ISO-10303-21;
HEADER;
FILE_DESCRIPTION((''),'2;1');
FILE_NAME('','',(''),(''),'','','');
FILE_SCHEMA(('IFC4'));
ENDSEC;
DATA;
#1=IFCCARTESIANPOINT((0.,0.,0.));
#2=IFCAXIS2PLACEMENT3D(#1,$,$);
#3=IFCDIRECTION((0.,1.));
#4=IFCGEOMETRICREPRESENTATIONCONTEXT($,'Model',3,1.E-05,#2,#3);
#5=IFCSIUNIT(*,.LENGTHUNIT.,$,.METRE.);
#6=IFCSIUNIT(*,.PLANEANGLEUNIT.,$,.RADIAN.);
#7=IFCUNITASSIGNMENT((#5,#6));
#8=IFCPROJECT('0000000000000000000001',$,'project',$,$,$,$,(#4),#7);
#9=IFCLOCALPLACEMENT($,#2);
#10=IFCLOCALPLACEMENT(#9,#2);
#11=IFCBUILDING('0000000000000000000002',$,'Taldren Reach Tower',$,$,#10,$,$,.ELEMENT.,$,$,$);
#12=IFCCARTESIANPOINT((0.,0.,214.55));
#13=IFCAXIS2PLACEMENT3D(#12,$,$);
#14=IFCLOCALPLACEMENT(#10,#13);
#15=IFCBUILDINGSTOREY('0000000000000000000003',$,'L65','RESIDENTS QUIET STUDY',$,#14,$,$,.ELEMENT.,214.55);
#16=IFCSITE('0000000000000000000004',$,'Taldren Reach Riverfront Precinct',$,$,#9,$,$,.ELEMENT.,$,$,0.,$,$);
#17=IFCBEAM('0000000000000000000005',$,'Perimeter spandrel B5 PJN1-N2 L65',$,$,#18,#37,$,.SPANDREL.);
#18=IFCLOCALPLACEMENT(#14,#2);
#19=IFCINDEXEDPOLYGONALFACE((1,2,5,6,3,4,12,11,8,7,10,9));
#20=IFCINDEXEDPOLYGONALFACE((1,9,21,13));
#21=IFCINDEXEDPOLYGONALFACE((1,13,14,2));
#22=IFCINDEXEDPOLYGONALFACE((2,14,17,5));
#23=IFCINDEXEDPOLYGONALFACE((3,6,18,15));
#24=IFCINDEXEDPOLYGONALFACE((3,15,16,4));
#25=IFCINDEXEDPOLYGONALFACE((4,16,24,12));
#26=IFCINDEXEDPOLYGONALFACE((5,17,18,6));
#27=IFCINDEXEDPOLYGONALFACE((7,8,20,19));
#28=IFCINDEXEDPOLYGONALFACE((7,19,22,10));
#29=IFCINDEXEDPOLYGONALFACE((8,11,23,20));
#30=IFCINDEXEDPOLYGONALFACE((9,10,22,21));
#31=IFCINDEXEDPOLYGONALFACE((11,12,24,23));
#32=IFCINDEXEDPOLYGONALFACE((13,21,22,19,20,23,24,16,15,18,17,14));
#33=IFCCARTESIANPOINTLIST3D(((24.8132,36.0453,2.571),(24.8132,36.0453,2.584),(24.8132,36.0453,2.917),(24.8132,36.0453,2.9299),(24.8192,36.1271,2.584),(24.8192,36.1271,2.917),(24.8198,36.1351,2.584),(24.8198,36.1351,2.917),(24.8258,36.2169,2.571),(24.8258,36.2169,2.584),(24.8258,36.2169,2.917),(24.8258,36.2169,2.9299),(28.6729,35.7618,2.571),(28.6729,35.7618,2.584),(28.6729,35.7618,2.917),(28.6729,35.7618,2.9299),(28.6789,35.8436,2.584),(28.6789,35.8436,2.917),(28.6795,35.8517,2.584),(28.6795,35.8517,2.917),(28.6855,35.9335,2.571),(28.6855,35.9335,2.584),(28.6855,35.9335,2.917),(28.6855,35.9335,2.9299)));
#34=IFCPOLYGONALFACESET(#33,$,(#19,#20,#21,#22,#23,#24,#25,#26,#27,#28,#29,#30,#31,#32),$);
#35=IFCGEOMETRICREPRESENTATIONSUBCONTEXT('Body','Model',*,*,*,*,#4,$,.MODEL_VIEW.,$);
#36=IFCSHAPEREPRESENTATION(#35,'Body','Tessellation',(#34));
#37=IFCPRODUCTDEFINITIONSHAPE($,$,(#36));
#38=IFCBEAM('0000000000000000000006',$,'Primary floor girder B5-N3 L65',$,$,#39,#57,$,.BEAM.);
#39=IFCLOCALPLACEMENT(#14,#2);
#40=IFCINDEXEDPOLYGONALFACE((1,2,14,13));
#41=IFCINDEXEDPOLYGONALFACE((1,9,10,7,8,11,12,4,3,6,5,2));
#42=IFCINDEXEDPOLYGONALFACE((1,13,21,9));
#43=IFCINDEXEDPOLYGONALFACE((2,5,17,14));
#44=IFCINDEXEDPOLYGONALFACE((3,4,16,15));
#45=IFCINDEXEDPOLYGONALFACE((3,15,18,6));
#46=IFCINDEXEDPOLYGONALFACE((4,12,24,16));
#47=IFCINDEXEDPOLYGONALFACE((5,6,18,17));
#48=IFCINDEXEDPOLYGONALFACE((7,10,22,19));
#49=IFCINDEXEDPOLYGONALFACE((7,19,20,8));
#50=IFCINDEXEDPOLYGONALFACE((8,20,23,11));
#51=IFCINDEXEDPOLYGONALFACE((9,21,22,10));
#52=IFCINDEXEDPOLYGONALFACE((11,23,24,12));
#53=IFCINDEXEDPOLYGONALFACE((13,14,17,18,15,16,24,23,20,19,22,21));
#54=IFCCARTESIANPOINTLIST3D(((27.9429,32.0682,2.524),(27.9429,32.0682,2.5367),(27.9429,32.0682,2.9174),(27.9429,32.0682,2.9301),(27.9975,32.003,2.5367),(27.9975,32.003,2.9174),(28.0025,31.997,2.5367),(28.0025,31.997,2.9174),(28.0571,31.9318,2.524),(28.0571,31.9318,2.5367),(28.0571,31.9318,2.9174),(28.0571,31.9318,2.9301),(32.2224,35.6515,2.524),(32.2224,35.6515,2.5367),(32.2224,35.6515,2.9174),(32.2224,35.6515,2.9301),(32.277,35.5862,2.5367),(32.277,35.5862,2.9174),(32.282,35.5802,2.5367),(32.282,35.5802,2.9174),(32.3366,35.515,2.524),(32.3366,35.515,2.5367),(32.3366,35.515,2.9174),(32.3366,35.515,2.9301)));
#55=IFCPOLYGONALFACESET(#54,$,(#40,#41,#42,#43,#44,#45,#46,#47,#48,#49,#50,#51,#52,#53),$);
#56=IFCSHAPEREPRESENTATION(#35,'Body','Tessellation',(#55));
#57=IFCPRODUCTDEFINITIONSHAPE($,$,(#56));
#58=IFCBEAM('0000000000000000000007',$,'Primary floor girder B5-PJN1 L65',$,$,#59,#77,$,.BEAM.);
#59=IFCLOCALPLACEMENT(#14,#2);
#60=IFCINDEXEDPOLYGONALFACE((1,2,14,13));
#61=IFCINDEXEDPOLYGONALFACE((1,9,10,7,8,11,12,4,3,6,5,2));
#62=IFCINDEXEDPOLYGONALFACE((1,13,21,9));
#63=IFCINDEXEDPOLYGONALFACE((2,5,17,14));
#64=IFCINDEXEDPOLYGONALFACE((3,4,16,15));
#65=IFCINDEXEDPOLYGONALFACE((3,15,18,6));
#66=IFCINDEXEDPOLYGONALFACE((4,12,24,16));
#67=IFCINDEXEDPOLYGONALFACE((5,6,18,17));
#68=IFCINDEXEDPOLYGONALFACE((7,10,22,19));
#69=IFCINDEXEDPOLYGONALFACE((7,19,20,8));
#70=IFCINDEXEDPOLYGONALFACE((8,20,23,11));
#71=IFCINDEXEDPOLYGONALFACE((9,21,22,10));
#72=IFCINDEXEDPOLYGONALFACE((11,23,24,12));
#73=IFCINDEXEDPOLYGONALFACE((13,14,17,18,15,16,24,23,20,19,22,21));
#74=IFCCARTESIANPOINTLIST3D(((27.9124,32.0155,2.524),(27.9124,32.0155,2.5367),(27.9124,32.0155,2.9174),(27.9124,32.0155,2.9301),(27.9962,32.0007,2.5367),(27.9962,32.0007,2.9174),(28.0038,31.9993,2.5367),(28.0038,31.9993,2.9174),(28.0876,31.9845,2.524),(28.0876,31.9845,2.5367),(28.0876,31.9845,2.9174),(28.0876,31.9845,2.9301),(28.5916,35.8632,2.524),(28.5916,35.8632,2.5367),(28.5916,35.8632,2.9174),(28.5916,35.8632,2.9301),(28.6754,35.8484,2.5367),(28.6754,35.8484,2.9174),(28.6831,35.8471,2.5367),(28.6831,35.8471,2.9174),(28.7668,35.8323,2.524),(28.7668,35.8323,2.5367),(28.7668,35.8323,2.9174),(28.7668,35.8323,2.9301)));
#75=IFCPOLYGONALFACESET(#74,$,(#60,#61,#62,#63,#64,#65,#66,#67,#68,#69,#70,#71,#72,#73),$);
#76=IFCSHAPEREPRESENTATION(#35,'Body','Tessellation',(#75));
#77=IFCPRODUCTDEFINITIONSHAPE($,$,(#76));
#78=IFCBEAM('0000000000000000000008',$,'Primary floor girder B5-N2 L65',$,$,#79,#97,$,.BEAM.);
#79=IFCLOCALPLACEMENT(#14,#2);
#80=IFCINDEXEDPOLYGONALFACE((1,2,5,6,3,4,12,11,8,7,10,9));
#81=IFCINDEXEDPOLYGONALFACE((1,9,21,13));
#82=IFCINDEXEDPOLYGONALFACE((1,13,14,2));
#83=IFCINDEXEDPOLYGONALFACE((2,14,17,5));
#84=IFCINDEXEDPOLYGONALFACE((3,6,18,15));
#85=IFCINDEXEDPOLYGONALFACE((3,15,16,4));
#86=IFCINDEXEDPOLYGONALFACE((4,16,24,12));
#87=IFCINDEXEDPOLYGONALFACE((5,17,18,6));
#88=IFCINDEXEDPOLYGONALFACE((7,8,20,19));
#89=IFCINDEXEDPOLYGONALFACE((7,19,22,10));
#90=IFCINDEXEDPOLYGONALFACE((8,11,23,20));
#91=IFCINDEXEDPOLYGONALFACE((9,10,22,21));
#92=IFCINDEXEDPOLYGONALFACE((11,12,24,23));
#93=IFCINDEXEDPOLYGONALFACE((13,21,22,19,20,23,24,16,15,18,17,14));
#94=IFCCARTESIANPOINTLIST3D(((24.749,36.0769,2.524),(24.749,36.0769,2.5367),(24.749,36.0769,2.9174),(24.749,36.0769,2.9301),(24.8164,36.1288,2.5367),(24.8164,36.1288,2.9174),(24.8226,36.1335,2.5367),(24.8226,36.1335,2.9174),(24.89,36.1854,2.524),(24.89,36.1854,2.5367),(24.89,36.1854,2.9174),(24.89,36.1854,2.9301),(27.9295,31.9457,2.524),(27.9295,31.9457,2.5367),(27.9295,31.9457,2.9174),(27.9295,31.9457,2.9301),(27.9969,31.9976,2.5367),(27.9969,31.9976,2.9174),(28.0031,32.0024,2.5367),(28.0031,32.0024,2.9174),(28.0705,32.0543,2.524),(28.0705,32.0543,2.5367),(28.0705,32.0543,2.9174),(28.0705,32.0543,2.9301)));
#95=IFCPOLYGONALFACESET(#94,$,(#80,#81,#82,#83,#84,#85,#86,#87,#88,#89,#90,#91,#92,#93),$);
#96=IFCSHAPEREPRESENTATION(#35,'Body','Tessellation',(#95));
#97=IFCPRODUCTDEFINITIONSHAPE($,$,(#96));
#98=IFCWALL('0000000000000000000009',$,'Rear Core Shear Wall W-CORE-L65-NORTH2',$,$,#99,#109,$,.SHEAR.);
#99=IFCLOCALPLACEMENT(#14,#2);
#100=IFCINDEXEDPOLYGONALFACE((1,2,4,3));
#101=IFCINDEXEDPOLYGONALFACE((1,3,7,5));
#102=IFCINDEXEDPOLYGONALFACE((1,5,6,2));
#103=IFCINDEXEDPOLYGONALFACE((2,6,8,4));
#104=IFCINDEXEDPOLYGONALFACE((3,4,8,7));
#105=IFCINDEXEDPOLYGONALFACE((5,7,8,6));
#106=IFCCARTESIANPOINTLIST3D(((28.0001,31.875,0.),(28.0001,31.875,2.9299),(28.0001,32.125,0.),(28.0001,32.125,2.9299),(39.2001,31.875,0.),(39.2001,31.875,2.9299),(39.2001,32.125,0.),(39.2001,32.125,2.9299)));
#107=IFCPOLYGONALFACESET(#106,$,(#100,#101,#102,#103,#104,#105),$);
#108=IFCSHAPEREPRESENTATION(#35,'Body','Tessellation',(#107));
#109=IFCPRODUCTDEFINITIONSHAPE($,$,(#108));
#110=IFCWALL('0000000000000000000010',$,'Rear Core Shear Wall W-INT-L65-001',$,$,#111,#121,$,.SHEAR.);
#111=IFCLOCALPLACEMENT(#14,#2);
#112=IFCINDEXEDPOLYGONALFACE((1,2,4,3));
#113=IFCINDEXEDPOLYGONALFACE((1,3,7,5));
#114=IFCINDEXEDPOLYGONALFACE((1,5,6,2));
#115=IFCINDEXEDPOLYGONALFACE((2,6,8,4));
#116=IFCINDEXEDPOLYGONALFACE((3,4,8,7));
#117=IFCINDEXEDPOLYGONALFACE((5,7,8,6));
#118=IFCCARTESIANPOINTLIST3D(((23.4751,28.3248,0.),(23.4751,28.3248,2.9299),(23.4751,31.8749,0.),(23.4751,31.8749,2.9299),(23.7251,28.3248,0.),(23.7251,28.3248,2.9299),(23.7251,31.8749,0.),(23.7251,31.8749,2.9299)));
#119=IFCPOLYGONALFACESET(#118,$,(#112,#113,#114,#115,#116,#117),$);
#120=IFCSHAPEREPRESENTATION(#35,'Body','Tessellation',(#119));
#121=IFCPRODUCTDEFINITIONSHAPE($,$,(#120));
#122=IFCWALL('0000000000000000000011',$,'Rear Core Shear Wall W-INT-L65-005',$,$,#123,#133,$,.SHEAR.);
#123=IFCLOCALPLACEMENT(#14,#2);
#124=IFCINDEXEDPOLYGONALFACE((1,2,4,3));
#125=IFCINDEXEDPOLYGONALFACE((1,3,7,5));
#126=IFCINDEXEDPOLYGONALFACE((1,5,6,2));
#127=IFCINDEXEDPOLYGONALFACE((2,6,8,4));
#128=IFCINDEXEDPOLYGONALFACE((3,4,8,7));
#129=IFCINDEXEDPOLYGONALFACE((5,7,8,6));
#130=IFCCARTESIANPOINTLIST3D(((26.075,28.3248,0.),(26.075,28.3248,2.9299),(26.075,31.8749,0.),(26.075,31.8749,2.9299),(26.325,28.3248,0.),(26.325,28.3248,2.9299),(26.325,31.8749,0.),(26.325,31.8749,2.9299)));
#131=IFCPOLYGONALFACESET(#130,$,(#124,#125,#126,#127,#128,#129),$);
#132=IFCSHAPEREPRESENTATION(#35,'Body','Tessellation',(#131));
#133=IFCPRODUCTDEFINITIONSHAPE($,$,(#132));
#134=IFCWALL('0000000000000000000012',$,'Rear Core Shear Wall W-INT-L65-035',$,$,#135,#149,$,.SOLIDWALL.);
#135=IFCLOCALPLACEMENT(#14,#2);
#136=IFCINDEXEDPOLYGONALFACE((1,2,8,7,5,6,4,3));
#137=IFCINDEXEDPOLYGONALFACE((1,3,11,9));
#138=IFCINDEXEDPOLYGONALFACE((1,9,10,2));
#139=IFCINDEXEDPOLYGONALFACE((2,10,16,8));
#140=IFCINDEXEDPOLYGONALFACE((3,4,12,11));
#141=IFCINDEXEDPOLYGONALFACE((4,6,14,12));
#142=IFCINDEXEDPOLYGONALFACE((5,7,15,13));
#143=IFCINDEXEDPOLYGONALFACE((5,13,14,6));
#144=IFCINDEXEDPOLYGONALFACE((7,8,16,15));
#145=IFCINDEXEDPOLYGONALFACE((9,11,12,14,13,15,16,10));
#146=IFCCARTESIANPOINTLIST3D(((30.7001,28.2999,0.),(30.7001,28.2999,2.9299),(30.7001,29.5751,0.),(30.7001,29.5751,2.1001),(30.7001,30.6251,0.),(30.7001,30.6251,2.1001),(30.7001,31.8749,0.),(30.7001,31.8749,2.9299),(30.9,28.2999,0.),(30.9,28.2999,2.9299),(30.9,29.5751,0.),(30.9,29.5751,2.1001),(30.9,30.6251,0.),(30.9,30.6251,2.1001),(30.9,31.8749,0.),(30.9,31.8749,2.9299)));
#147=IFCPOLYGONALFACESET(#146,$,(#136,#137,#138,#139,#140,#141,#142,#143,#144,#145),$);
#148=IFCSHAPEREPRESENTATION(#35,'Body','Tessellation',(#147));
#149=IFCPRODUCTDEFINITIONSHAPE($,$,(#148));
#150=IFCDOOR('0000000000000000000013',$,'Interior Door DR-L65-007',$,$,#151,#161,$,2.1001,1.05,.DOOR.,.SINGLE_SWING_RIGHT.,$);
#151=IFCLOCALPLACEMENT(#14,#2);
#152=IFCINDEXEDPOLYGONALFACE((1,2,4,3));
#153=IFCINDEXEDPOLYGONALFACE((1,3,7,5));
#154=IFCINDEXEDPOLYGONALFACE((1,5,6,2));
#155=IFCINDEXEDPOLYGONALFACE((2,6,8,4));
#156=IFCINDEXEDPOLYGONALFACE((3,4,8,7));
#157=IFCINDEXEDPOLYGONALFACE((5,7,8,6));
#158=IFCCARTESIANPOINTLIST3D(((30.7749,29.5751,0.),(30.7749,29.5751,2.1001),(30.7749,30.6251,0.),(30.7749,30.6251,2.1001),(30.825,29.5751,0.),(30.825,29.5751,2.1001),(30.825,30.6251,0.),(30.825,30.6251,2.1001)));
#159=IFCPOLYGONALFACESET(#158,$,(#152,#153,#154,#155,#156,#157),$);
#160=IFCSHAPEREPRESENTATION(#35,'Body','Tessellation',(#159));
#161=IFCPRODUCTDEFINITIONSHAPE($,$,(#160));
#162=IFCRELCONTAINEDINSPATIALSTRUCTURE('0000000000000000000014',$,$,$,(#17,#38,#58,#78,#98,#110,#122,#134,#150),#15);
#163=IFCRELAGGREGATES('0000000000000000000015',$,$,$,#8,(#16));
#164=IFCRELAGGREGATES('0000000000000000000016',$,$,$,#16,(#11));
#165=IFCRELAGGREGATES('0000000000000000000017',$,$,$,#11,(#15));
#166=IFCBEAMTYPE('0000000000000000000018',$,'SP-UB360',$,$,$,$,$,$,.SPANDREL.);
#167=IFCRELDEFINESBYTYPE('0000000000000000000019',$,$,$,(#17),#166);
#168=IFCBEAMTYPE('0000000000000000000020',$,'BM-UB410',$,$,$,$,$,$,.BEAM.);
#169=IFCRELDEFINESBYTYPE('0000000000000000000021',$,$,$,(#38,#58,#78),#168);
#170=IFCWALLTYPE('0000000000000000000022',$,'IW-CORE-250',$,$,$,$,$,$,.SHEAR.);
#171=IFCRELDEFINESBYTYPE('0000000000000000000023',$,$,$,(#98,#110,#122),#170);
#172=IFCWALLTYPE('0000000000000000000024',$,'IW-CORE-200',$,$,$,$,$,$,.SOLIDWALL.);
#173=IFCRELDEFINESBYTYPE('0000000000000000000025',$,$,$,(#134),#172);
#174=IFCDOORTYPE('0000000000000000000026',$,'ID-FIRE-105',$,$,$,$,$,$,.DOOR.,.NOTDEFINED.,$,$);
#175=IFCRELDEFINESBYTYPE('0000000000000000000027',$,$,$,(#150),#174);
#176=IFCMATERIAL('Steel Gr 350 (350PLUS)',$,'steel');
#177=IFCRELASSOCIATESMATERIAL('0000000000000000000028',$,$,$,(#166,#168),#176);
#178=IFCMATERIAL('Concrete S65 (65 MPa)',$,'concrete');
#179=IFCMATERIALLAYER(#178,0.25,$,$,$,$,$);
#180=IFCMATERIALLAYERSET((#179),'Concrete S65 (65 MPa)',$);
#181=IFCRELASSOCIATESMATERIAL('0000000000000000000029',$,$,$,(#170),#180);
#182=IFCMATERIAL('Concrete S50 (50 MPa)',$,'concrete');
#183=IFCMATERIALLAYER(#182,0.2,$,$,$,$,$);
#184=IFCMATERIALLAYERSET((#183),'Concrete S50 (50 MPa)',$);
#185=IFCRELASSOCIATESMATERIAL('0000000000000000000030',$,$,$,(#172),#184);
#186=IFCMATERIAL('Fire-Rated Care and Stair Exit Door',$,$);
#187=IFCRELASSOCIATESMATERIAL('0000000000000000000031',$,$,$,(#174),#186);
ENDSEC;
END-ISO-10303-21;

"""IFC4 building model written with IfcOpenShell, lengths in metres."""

from ifc_helpers import new_model, si_unit, direction, frame, frame_2d, origin, origin_2d, place, context, subcontext, project, spatial, rectangle, i_section, extrude, source, transform, mapped, material, layer, layer_set, material_profile, profile_set, type_object, element, fill, save


model = new_model("IFC4")

# Units and contexts
model_context = context("Model", 3, precision=1e-05, world=origin(), true_north=direction((0.0, 1.0)))
body_context = subcontext(model_context, "Body", "Model", "MODEL_VIEW")
ifc_project = project(units=[si_unit("LENGTHUNIT", "METRE"), si_unit("PLANEANGLEUNIT", "RADIAN")], contexts=[model_context])

# Site, building, storey
site_placement = place(None, origin())
site = spatial("IfcSite", under=ifc_project, at=site_placement, Name="Taldren Reach Riverfront Precinct", CompositionType="ELEMENT", RefElevation=0.0)
building_placement = place(site_placement, origin())
building = spatial("IfcBuilding", under=site, at=building_placement, Name="Taldren Reach Tower", CompositionType="ELEMENT")
storey_placement = place(building_placement, frame((0.0, 0.0, 214.55)))
storey = spatial("IfcBuildingStorey", under=building, at=storey_placement, Name="L65", Description="RESIDENTS QUIET STUDY", CompositionType="ELEMENT", Elevation=214.55)

# Shared definitions
ifc_material_1 = material(Name="Steel Gr 350 (350PLUS)", Category="steel")

# Beams
ifc_material_profile_1 = material_profile(ifc_material_1, i_section(OverallWidth=0.1721, OverallDepth=0.3589, WebThickness=0.0081, FlangeThickness=0.0129, at=origin_2d()), Name="360UB56.7")
ifc_profile_set_1 = profile_set([ifc_material_profile_1], Name="Steel Gr 350 (350PLUS)")
beam_type_1 = type_object("IfcBeamType", Name="SP-UB360", PredefinedType="SPANDREL", material=ifc_profile_set_1)
shared_shape_1 = source(origin(), body_context, "Body", "SweptSolid", [
    extrude(i_section(OverallWidth=0.1721, OverallDepth=0.3589, WebThickness=0.0081, FlangeThickness=0.0129, at=origin_2d()), origin(), (0.0, 0.0, 1.0), 3.8701),
])
beam_1_placement = place(storey_placement, frame((28.6792, 35.8477, 2.7505), z_axis=(-0.997314, 0.073242, 0.0), x_axis=(-0.073242, -0.997314, 0.0)))
element("IfcBeam", 1, at=beam_1_placement, inside=storey, type_object=beam_type_1, Name="Perimeter spandrel B5 PJN1-N2 L65", PredefinedType="SPANDREL", context=body_context, shape_type="MappedRepresentation", body=[
    mapped(shared_shape_1, transform((0.0, 0.0, 0.0), scale=1.0)),
])
ifc_material_profile_2 = material_profile(ifc_material_1, i_section(OverallWidth=0.178, OverallDepth=0.406, WebThickness=0.0078, FlangeThickness=0.0127, at=origin_2d()), Name="410UB59.7")
ifc_profile_set_2 = profile_set([ifc_material_profile_2], Name="Steel Gr 350 (350PLUS)")
beam_type_2 = type_object("IfcBeamType", Name="BM-UB410", PredefinedType="BEAM", material=ifc_profile_set_2)
shared_shape_2 = source(origin(), body_context, "Body", "SweptSolid", [
    extrude(i_section(OverallWidth=0.178, OverallDepth=0.406, WebThickness=0.0078, FlangeThickness=0.0127, at=origin_2d()), origin(), (0.0, 0.0, 1.0), 5.5815),
])
beam_2_placement = place(storey_placement, frame((28.0, 32.0, 2.7271), z_axis=(0.766724, 0.641977, 0.0), x_axis=(-0.641977, 0.766724, 0.0)))
element("IfcBeam", 2, at=beam_2_placement, inside=storey, type_object=beam_type_2, Name="Primary floor girder B5-N3 L65", PredefinedType="BEAM", context=body_context, shape_type="MappedRepresentation", body=[
    mapped(shared_shape_2, transform((0.0, 0.0, 0.0), scale=1.0)),
])
shared_shape_3 = source(origin(), body_context, "Body", "SweptSolid", [
    extrude(i_section(OverallWidth=0.178, OverallDepth=0.406, WebThickness=0.0078, FlangeThickness=0.0127, at=origin_2d()), origin(), (0.0, 0.0, 1.0), 3.9072),
])
beam_3_placement = place(storey_placement, frame((28.0, 32.0, 2.7271), z_axis=(0.173835, 0.984775, 0.0), x_axis=(-0.984775, 0.173835, 0.0)))
element("IfcBeam", 3, at=beam_3_placement, inside=storey, type_object=beam_type_2, Name="Primary floor girder B5-PJN1 L65", PredefinedType="BEAM", context=body_context, shape_type="MappedRepresentation", body=[
    mapped(shared_shape_3, transform((0.0, 0.0, 0.0), scale=1.0)),
])
shared_shape_4 = source(origin(), body_context, "Body", "SweptSolid", [
    extrude(i_section(OverallWidth=0.178, OverallDepth=0.406, WebThickness=0.0078, FlangeThickness=0.0127, at=origin_2d()), origin(), (0.0, 0.0, 1.0), 5.2136),
])
beam_4_placement = place(storey_placement, frame((28.0, 32.0, 2.7271), z_axis=(-0.61003, 0.792378, 0.0), x_axis=(-0.792378, -0.61003, 0.0)))
element("IfcBeam", 4, at=beam_4_placement, inside=storey, type_object=beam_type_2, Name="Primary floor girder B5-N2 L65", PredefinedType="BEAM", context=body_context, shape_type="MappedRepresentation", body=[
    mapped(shared_shape_4, transform((0.0, 0.0, 0.0), scale=1.0)),
])

# Walls
ifc_material_2 = material(Name="Concrete S65 (65 MPa)", Category="concrete")
ifc_layer_1 = layer(ifc_material_2, 0.25)
ifc_layer_set_1 = layer_set([ifc_layer_1], Name="Concrete S65 (65 MPa)")
wall_type_1 = type_object("IfcWallType", Name="IW-CORE-250", PredefinedType="SHEAR", material=ifc_layer_set_1)
shared_shape_5 = source(origin(), body_context, "Body", "SweptSolid", [
    extrude(rectangle(XDim=11.2, YDim=0.25, at=frame_2d((5.6001, 0.0))), origin(), (0.0, 0.0, 1.0), 2.9299),
])
wall_1_placement = place(storey_placement, frame((28.0, 32.0, 0.0), z_axis=(0.0, 0.0, 1.0), x_axis=(1.0, 0.0, 0.0)))
element("IfcWall", 5, at=wall_1_placement, inside=storey, type_object=wall_type_1, Name="Rear Core Shear Wall W-CORE-L65-NORTH2", PredefinedType="SHEAR", context=body_context, shape_type="MappedRepresentation", body=[
    mapped(shared_shape_5, transform((0.0, 0.0, 0.0), scale=1.0)),
])
shared_shape_6 = source(origin(), body_context, "Body", "SweptSolid", [
    extrude(rectangle(XDim=3.55, YDim=0.25, at=frame_2d((1.7749, 0.0))), origin(), (0.0, 0.0, 1.0), 2.9299),
])
for number, where, z_axis, x_axis, name in (
    (6, (23.6001, 28.325, 0.0), (0.0, 0.0, 1.0), (0.0, 1.0, 0.0), "Rear Core Shear Wall W-INT-L65-001"),
    (7, (26.2, 28.325, 0.0), (0.0, 0.0, 1.0), (0.0, 1.0, 0.0), "Rear Core Shear Wall W-INT-L65-005"),
):
    element("IfcWall", number, at=place(storey_placement, frame(where, z_axis=z_axis, x_axis=x_axis)), inside=storey, type_object=wall_type_1, Name=name, PredefinedType="SHEAR", context=body_context, shape_type="MappedRepresentation", body=[
        mapped(shared_shape_6, transform((0.0, 0.0, 0.0), scale=1.0)),
    ])

# Wall, opening, door
ifc_material_3 = material(Name="Concrete S50 (50 MPa)", Category="concrete")
ifc_layer_2 = layer(ifc_material_3, 0.2)
ifc_layer_set_2 = layer_set([ifc_layer_2], Name="Concrete S50 (50 MPa)")
wall_type_2 = type_object("IfcWallType", Name="IW-CORE-200", PredefinedType="SOLIDWALL", material=ifc_layer_set_2)
shared_shape_7 = source(origin(), body_context, "Body", "SweptSolid", [
    extrude(rectangle(XDim=3.575, YDim=0.2, at=frame_2d((1.7876, 0.0))), origin(), (0.0, 0.0, 1.0), 2.9299),
])
wall_2_placement = place(storey_placement, frame((30.8, 31.875, 0.0), z_axis=(0.0, 0.0, 1.0), x_axis=(0.0, -1.0, 0.0)))
wall_2 = element("IfcWall", 8, at=wall_2_placement, inside=storey, type_object=wall_type_2, Name="Rear Core Shear Wall W-INT-L65-035", PredefinedType="SOLIDWALL", context=body_context, shape_type="MappedRepresentation", body=[
    mapped(shared_shape_7, transform((0.0, 0.0, 0.0), scale=1.0)),
])
shared_shape_8 = source(origin(), body_context, "Body", "SweptSolid", [
    extrude(rectangle(XDim=1.05, YDim=2.1001, at=frame_2d((0.5249, 1.05))), frame((0.0, 0.1099, 0.0), z_axis=(0.0, -1.0, 0.0), x_axis=(1.0, 0.0, 0.0)), (0.0, 0.0, 1.0), 0.22),
])
opening_placement = place(wall_2_placement, frame((1.25, 0.0, 0.0)))
opening = element("IfcOpeningElement", 9, at=opening_placement, cuts=wall_2, PredefinedType="OPENING", context=body_context, shape_type="MappedRepresentation", body=[
    mapped(shared_shape_8, transform((0.0, 0.0, 0.0), scale=1.0)),
])
ifc_material_4 = material(Name="Fire-Rated Care and Stair Exit Door")
door_type = type_object("IfcDoorType", Name="ID-FIRE-105", OperationType="NOTDEFINED", PredefinedType="DOOR", material=ifc_material_4)
shared_shape_9 = source(origin(), body_context, "Body", "SweptSolid", [
    extrude(rectangle(XDim=1.05, YDim=2.1001, at=frame_2d((0.5249, 1.05))), frame((0.0, 0.0249, 0.0), z_axis=(0.0, -1.0, 0.0), x_axis=(1.0, 0.0, 0.0)), (0.0, 0.0, 1.0), 0.05),
])
door_placement = place(opening_placement, origin())
door = element("IfcDoor", 10, at=door_placement, inside=storey, type_object=door_type, Name="Interior Door DR-L65-007", OperationType="SINGLE_SWING_RIGHT", OverallHeight=2.1001, OverallWidth=1.05, PredefinedType="DOOR", context=body_context, shape_type="MappedRepresentation", body=[
    mapped(shared_shape_9, transform((0.0, 0.0, 0.0), scale=1.0)),
])
fill(opening, door)

save(model, "model.ifc")
